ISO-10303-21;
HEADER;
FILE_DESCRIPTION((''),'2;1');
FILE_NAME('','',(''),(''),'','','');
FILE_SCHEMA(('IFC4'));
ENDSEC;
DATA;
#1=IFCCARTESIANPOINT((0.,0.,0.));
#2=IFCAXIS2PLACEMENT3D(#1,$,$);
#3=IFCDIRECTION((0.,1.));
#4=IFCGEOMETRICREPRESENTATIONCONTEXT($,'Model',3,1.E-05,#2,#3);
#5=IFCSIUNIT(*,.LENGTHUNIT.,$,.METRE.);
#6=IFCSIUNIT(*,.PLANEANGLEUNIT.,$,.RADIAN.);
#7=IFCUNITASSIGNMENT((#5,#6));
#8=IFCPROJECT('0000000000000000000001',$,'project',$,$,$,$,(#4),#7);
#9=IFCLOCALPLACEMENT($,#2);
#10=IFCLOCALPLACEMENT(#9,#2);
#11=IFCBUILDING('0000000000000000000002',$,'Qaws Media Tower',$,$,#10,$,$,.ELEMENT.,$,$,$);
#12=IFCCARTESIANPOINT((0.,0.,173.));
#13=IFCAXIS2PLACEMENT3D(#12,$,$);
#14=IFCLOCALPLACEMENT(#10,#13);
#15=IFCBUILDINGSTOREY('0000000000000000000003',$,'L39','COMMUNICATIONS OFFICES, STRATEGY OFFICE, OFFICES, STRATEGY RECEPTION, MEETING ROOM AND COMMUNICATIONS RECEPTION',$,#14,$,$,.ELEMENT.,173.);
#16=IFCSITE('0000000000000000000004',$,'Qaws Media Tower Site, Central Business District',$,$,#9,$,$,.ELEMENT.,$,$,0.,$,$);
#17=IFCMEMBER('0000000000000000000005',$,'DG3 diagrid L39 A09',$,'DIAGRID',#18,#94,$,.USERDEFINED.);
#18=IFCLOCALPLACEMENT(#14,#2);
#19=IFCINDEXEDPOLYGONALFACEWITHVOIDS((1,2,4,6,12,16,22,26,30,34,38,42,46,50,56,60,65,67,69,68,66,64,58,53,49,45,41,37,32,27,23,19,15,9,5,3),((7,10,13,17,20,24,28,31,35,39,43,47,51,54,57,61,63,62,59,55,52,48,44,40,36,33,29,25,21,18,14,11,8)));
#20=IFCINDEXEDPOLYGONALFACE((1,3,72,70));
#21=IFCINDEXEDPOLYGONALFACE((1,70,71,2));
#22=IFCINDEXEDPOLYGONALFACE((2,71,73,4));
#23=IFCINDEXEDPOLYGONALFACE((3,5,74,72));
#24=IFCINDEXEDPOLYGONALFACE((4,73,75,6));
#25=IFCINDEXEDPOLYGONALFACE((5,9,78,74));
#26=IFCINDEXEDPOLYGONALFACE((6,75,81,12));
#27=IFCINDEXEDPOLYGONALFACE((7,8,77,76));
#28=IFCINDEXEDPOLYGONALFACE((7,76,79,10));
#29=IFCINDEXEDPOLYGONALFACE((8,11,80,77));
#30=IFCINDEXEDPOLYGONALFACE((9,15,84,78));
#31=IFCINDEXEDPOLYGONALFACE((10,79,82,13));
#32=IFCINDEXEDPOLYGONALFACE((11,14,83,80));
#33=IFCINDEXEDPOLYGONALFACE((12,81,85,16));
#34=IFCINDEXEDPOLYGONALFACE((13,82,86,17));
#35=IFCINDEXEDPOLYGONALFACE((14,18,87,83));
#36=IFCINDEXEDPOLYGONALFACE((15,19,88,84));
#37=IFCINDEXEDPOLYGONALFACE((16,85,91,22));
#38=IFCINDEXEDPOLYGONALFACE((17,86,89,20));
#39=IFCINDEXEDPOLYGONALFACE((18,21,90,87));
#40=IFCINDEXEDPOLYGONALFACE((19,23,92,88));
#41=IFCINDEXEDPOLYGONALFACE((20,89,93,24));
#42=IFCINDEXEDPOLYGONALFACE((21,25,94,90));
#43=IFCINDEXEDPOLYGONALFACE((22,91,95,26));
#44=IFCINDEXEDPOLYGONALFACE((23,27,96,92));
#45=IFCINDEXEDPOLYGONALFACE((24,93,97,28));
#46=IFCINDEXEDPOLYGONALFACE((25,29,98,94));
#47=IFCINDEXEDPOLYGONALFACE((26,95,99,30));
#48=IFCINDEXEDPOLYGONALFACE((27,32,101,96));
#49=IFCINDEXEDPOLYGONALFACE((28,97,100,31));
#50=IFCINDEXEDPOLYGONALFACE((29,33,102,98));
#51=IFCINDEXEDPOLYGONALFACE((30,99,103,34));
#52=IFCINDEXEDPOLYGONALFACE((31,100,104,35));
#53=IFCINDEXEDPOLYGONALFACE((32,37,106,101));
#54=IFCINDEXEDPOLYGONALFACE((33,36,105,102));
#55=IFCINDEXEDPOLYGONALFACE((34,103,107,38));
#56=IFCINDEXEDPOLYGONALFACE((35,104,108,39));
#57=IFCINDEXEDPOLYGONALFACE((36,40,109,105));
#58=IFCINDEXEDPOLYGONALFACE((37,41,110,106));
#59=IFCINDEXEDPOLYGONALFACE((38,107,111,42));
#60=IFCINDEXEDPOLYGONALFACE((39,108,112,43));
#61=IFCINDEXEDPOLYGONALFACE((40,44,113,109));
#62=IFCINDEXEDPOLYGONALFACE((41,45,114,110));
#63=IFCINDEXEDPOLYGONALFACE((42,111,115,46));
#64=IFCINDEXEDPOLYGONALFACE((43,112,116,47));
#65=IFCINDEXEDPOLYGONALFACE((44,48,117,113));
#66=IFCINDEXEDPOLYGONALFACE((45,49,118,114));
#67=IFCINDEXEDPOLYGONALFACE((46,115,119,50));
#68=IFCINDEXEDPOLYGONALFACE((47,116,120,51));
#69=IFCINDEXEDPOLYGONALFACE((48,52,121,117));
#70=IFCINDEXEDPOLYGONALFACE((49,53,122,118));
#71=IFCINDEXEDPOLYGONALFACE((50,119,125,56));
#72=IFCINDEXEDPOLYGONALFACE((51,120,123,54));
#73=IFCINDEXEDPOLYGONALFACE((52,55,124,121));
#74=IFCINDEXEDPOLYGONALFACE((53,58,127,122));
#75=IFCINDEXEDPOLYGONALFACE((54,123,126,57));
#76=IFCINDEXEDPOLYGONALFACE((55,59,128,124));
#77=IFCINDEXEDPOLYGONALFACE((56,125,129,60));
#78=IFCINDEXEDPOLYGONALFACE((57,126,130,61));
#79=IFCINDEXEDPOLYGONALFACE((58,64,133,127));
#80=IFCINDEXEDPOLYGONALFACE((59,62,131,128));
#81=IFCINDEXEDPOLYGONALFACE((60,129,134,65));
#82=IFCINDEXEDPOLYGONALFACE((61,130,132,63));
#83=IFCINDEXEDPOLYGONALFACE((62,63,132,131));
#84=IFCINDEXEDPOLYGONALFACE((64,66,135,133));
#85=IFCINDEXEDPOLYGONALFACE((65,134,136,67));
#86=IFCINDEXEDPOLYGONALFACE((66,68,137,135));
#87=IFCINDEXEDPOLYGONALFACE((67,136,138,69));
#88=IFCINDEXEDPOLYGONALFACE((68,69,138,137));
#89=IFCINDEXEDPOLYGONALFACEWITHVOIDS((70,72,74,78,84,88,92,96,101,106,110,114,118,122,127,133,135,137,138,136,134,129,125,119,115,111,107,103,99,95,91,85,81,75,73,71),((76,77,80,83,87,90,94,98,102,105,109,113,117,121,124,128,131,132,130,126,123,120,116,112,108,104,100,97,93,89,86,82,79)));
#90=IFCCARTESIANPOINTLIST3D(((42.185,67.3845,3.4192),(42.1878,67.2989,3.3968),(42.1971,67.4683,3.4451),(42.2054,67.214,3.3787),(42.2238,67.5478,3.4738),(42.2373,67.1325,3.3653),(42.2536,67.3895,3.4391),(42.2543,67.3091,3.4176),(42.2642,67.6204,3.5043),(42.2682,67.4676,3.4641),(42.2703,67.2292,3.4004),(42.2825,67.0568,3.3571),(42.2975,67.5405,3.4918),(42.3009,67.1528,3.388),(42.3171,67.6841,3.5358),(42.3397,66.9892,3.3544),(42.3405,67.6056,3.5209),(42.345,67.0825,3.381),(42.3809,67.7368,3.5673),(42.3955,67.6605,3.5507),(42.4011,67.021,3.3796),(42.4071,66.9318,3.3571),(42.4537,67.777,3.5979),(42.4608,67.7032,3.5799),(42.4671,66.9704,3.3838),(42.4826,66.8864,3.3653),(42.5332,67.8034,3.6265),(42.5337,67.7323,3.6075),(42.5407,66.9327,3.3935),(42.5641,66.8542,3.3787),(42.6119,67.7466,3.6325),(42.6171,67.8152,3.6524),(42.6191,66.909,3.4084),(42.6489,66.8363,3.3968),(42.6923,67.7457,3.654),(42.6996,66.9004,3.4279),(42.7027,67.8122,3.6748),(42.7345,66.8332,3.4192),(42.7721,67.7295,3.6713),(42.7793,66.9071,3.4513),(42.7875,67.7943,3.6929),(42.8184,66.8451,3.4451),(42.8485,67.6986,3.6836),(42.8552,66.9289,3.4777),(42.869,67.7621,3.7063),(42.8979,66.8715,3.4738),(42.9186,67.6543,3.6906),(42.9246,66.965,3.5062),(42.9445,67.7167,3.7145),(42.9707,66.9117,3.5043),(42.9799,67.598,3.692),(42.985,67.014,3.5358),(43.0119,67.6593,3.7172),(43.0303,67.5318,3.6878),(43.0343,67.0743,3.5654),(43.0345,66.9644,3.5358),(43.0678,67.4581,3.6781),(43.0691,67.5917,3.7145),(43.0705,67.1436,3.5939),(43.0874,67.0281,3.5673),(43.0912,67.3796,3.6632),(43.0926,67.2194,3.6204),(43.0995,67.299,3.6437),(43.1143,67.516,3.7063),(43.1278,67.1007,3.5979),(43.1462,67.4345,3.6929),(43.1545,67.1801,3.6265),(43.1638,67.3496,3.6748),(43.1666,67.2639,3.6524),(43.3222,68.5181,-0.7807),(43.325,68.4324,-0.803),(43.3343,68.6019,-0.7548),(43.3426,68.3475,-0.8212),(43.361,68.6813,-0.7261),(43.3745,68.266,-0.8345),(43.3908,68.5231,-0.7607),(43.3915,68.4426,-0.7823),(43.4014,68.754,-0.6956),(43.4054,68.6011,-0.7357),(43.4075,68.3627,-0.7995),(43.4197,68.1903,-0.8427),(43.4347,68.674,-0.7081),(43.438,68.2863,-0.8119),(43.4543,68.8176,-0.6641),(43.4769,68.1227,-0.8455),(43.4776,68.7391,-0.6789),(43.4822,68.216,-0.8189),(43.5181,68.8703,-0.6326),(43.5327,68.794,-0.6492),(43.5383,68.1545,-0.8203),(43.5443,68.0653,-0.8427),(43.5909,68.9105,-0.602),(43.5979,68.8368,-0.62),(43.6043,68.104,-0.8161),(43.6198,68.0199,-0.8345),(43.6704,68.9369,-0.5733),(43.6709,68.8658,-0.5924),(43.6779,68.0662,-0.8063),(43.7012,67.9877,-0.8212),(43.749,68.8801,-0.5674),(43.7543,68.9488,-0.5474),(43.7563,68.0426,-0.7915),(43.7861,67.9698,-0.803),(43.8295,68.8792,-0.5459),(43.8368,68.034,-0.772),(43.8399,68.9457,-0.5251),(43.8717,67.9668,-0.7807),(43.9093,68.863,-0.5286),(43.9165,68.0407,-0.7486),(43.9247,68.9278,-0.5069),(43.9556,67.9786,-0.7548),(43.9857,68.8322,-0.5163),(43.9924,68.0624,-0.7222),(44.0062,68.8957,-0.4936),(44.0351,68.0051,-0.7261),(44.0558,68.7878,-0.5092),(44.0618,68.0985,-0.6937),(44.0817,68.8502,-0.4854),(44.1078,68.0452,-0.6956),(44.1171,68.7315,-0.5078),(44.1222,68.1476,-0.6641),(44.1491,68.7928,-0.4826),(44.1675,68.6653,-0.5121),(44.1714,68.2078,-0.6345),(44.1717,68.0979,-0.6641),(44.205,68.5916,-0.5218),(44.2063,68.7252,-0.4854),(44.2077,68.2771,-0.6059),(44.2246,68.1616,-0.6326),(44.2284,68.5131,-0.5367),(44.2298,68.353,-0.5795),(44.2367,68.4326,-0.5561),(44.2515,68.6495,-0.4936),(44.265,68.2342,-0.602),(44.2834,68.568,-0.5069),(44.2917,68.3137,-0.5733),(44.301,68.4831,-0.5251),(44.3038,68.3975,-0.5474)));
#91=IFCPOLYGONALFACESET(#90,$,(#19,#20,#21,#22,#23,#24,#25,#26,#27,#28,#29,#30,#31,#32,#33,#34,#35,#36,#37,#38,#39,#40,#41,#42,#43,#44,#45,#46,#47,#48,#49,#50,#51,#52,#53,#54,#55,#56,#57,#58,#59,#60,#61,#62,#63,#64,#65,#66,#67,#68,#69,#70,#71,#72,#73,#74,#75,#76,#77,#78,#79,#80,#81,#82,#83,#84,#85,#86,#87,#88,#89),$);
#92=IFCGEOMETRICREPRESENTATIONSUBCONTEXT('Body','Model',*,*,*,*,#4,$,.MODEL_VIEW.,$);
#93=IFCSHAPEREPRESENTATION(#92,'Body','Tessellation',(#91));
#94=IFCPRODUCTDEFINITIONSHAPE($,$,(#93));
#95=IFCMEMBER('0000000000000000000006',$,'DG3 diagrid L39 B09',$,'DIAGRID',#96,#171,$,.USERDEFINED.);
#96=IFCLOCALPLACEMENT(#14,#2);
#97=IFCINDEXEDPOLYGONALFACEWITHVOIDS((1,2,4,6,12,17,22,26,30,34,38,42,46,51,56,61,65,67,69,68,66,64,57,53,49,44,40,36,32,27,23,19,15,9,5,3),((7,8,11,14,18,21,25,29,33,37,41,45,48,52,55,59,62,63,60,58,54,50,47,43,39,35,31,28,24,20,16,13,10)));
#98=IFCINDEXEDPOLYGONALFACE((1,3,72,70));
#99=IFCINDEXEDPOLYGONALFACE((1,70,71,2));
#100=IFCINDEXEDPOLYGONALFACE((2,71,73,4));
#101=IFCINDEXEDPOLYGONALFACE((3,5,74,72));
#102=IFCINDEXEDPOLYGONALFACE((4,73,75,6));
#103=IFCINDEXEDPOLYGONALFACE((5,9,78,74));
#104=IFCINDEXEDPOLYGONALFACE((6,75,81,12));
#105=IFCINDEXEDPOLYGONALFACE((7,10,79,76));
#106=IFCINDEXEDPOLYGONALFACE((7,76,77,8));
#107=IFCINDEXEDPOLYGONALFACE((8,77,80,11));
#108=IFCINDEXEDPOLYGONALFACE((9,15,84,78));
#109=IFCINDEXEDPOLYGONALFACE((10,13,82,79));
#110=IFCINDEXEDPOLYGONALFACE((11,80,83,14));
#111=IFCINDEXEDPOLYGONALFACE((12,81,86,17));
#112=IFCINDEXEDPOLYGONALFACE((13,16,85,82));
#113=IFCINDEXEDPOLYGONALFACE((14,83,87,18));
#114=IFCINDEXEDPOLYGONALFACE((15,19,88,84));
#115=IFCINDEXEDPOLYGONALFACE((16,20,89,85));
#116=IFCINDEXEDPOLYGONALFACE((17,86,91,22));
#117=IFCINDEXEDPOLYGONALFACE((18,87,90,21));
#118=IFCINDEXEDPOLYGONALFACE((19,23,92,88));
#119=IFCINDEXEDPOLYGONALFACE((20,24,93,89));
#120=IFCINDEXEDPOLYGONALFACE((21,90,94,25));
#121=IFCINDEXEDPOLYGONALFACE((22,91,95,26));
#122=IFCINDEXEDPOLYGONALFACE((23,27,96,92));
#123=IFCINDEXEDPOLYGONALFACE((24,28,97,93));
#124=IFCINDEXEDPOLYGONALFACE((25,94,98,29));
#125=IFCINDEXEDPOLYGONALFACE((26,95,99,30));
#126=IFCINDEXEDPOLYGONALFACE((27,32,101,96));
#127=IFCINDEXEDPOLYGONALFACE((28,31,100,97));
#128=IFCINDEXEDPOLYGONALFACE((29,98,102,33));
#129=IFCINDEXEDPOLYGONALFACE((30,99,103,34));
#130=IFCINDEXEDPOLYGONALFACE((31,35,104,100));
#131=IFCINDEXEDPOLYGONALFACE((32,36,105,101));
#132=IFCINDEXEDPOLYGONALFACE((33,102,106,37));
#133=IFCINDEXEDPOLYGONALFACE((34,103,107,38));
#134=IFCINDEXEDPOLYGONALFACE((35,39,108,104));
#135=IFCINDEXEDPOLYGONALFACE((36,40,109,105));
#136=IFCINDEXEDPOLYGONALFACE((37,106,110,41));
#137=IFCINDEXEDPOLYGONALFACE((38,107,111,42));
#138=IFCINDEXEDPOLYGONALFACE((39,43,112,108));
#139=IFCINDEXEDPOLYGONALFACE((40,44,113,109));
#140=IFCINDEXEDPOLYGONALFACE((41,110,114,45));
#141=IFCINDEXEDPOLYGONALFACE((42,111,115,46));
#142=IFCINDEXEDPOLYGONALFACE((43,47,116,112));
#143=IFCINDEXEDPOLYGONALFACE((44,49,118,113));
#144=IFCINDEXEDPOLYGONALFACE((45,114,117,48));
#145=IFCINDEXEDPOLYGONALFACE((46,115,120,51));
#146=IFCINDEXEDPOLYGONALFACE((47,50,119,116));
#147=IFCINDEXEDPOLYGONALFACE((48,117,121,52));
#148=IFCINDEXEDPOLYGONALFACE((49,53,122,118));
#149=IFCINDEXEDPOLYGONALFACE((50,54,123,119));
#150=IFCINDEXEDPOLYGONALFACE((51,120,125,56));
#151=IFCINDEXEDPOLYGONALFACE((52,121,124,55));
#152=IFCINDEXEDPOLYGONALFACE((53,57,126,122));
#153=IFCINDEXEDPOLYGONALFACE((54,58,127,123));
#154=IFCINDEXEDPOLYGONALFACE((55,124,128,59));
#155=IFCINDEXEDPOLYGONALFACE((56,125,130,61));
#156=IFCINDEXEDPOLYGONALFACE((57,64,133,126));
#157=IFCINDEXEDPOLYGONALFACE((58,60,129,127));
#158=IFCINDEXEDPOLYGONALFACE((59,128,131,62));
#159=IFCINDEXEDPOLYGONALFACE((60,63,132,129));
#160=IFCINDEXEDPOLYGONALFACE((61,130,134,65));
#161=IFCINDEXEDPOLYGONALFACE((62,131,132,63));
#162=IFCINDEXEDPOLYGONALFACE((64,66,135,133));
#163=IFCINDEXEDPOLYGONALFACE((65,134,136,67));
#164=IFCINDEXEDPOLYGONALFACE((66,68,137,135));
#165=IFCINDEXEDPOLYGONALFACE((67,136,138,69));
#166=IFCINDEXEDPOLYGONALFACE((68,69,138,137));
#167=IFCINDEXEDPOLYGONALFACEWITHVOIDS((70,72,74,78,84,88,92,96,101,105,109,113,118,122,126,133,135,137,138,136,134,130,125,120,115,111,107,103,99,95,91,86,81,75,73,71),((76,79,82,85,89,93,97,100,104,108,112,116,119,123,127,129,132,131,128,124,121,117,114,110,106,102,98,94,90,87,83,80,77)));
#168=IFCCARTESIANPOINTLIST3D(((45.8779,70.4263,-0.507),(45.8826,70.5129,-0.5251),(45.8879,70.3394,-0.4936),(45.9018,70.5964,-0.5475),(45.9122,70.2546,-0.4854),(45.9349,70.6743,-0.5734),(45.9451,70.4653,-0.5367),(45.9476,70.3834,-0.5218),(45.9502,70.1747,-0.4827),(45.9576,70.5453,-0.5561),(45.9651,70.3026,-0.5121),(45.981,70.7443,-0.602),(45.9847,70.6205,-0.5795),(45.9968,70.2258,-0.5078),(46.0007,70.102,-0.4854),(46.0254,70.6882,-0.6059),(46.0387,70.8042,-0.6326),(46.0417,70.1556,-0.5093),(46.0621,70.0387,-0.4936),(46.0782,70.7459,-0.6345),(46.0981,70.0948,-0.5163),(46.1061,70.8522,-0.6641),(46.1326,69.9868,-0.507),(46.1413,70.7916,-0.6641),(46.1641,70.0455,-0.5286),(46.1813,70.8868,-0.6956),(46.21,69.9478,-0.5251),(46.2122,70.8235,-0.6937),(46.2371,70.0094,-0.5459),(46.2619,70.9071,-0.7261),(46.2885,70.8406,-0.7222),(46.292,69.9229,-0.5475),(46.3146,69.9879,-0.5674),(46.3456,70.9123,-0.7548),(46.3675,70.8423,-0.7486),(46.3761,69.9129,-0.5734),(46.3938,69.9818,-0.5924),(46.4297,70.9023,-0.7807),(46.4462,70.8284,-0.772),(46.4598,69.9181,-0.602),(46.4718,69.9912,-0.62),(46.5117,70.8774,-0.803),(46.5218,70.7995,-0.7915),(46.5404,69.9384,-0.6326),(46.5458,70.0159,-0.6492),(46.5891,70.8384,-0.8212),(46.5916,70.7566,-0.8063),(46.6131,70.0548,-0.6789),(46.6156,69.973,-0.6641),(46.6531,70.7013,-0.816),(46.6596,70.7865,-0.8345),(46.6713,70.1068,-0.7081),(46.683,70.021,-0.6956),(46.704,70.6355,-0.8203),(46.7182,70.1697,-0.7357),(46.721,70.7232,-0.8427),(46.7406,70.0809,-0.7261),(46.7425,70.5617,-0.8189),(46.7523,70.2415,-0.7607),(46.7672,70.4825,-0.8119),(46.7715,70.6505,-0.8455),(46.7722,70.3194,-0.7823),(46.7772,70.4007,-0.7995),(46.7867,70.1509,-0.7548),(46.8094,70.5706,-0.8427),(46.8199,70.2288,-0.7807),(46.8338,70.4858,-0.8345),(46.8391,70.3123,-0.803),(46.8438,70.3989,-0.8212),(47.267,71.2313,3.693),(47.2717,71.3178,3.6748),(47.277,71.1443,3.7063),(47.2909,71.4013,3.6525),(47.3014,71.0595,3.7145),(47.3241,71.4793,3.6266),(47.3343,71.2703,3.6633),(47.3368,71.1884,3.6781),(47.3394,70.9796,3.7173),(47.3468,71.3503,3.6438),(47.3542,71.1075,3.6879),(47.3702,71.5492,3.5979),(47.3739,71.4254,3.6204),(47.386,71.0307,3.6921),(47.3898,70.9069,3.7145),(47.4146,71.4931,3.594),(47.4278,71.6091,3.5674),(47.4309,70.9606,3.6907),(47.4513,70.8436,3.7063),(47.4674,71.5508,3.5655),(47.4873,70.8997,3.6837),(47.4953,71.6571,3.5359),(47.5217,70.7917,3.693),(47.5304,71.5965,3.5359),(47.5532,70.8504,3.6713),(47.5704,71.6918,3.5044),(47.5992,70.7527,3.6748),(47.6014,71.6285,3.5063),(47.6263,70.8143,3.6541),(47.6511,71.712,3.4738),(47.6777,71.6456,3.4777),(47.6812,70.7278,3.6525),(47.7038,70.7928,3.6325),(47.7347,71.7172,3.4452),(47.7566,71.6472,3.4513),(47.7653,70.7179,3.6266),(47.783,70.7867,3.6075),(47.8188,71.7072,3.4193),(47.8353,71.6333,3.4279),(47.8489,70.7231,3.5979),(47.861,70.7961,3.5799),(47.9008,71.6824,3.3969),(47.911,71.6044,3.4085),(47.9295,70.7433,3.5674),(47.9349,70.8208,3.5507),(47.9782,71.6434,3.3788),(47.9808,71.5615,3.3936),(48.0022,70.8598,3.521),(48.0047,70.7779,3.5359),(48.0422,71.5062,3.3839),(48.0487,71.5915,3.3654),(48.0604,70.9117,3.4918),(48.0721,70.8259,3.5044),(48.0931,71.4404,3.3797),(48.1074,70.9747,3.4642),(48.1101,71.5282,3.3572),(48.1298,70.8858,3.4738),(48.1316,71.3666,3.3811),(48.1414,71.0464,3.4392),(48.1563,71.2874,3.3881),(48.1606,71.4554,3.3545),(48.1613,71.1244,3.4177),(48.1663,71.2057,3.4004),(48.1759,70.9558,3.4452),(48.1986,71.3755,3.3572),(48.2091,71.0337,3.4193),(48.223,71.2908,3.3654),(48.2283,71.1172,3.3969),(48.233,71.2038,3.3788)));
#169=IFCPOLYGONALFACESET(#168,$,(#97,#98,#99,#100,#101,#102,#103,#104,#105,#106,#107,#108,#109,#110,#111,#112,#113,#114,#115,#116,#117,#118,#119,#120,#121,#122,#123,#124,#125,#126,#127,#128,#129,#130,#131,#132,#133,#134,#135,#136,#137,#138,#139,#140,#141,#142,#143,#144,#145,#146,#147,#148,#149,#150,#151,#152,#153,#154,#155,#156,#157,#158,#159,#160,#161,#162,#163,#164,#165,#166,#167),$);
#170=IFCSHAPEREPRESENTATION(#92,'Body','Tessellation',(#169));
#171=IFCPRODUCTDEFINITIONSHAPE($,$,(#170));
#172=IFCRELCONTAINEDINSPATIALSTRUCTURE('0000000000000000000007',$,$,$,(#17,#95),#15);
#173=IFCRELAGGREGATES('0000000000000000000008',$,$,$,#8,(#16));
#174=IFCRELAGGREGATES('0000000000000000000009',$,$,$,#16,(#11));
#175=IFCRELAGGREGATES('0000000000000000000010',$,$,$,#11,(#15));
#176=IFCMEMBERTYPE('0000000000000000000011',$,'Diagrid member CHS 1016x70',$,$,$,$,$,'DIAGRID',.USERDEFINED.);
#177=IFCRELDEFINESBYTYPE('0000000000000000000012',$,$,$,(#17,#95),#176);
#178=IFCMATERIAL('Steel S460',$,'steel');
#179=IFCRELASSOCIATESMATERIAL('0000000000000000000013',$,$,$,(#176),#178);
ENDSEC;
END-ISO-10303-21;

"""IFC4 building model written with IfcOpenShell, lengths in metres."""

from ifc_helpers import new_model, si_unit, direction, frame, origin, origin_2d, place, context, subcontext, project, spatial, hollow_circle, extrude, material, material_profile, profile_set, type_object, element, save


model = new_model("IFC4")

# Units and contexts
model_context = context("Model", 3, precision=1e-05, world=origin(), true_north=direction((0.0, 1.0)))
body_context = subcontext(model_context, "Body", "Model", "MODEL_VIEW")
ifc_project = project(units=[si_unit("LENGTHUNIT", "METRE"), si_unit("PLANEANGLEUNIT", "RADIAN")], contexts=[model_context])

# Site, building, storey
site_placement = place(None, origin())
site = spatial("IfcSite", under=ifc_project, at=site_placement, Name="Qaws Media Tower Site, Central Business District", CompositionType="ELEMENT", RefElevation=0.0)
building_placement = place(site_placement, origin())
building = spatial("IfcBuilding", under=site, at=building_placement, Name="Qaws Media Tower", CompositionType="ELEMENT")
storey_placement = place(building_placement, frame((0.0, 0.0, 173.0)))
storey = spatial("IfcBuildingStorey", under=building, at=storey_placement, Name="L39", Description="COMMUNICATIONS OFFICES, STRATEGY OFFICE, OFFICES, STRATEGY RECEPTION, MEETING ROOM AND COMMUNICATIONS RECEPTION", CompositionType="ELEMENT", Elevation=173.0)

# Members
ifc_material_1 = material(Name="Steel S460", Category="steel")
ifc_material_profile_1 = material_profile(ifc_material_1, hollow_circle(Radius=0.5081, WallThickness=0.0701, at=origin_2d()), Name="CHS 1016x70")
ifc_profile_set_1 = profile_set([ifc_material_profile_1], Name="Steel S460")
member_type_1 = type_object("IfcMemberType", Name="Diagrid member CHS 1016x70", ElementType="DIAGRID", PredefinedType="USERDEFINED", material=ifc_profile_set_1)
for number, where, z_axis, x_axis, name in (
    (1, (43.813, 68.4578, -0.6641), (-0.252914, -0.2521, 0.934066), (0.705965, -0.708246, 0.0), "DG3 diagrid L39 A09"),
    (2, (46.3608, 70.4126, -0.6641), (0.308952, 0.179018, 0.934078), (-0.501354, 0.865242, 0.0), "DG3 diagrid L39 B09"),
):
    element("IfcMember", number, at=place(storey_placement, frame(where, z_axis=z_axis, x_axis=x_axis)), inside=storey, type_object=member_type_1, Name=name, ObjectType="DIAGRID", PredefinedType="USERDEFINED", context=body_context, shape_type="SweptSolid", body=[
        extrude(hollow_circle(Radius=0.5081, WallThickness=0.0701, at=origin_2d()), origin(), (0.0, 0.0, 1.0), 4.4963),
    ])

save(model, "model.ifc")
